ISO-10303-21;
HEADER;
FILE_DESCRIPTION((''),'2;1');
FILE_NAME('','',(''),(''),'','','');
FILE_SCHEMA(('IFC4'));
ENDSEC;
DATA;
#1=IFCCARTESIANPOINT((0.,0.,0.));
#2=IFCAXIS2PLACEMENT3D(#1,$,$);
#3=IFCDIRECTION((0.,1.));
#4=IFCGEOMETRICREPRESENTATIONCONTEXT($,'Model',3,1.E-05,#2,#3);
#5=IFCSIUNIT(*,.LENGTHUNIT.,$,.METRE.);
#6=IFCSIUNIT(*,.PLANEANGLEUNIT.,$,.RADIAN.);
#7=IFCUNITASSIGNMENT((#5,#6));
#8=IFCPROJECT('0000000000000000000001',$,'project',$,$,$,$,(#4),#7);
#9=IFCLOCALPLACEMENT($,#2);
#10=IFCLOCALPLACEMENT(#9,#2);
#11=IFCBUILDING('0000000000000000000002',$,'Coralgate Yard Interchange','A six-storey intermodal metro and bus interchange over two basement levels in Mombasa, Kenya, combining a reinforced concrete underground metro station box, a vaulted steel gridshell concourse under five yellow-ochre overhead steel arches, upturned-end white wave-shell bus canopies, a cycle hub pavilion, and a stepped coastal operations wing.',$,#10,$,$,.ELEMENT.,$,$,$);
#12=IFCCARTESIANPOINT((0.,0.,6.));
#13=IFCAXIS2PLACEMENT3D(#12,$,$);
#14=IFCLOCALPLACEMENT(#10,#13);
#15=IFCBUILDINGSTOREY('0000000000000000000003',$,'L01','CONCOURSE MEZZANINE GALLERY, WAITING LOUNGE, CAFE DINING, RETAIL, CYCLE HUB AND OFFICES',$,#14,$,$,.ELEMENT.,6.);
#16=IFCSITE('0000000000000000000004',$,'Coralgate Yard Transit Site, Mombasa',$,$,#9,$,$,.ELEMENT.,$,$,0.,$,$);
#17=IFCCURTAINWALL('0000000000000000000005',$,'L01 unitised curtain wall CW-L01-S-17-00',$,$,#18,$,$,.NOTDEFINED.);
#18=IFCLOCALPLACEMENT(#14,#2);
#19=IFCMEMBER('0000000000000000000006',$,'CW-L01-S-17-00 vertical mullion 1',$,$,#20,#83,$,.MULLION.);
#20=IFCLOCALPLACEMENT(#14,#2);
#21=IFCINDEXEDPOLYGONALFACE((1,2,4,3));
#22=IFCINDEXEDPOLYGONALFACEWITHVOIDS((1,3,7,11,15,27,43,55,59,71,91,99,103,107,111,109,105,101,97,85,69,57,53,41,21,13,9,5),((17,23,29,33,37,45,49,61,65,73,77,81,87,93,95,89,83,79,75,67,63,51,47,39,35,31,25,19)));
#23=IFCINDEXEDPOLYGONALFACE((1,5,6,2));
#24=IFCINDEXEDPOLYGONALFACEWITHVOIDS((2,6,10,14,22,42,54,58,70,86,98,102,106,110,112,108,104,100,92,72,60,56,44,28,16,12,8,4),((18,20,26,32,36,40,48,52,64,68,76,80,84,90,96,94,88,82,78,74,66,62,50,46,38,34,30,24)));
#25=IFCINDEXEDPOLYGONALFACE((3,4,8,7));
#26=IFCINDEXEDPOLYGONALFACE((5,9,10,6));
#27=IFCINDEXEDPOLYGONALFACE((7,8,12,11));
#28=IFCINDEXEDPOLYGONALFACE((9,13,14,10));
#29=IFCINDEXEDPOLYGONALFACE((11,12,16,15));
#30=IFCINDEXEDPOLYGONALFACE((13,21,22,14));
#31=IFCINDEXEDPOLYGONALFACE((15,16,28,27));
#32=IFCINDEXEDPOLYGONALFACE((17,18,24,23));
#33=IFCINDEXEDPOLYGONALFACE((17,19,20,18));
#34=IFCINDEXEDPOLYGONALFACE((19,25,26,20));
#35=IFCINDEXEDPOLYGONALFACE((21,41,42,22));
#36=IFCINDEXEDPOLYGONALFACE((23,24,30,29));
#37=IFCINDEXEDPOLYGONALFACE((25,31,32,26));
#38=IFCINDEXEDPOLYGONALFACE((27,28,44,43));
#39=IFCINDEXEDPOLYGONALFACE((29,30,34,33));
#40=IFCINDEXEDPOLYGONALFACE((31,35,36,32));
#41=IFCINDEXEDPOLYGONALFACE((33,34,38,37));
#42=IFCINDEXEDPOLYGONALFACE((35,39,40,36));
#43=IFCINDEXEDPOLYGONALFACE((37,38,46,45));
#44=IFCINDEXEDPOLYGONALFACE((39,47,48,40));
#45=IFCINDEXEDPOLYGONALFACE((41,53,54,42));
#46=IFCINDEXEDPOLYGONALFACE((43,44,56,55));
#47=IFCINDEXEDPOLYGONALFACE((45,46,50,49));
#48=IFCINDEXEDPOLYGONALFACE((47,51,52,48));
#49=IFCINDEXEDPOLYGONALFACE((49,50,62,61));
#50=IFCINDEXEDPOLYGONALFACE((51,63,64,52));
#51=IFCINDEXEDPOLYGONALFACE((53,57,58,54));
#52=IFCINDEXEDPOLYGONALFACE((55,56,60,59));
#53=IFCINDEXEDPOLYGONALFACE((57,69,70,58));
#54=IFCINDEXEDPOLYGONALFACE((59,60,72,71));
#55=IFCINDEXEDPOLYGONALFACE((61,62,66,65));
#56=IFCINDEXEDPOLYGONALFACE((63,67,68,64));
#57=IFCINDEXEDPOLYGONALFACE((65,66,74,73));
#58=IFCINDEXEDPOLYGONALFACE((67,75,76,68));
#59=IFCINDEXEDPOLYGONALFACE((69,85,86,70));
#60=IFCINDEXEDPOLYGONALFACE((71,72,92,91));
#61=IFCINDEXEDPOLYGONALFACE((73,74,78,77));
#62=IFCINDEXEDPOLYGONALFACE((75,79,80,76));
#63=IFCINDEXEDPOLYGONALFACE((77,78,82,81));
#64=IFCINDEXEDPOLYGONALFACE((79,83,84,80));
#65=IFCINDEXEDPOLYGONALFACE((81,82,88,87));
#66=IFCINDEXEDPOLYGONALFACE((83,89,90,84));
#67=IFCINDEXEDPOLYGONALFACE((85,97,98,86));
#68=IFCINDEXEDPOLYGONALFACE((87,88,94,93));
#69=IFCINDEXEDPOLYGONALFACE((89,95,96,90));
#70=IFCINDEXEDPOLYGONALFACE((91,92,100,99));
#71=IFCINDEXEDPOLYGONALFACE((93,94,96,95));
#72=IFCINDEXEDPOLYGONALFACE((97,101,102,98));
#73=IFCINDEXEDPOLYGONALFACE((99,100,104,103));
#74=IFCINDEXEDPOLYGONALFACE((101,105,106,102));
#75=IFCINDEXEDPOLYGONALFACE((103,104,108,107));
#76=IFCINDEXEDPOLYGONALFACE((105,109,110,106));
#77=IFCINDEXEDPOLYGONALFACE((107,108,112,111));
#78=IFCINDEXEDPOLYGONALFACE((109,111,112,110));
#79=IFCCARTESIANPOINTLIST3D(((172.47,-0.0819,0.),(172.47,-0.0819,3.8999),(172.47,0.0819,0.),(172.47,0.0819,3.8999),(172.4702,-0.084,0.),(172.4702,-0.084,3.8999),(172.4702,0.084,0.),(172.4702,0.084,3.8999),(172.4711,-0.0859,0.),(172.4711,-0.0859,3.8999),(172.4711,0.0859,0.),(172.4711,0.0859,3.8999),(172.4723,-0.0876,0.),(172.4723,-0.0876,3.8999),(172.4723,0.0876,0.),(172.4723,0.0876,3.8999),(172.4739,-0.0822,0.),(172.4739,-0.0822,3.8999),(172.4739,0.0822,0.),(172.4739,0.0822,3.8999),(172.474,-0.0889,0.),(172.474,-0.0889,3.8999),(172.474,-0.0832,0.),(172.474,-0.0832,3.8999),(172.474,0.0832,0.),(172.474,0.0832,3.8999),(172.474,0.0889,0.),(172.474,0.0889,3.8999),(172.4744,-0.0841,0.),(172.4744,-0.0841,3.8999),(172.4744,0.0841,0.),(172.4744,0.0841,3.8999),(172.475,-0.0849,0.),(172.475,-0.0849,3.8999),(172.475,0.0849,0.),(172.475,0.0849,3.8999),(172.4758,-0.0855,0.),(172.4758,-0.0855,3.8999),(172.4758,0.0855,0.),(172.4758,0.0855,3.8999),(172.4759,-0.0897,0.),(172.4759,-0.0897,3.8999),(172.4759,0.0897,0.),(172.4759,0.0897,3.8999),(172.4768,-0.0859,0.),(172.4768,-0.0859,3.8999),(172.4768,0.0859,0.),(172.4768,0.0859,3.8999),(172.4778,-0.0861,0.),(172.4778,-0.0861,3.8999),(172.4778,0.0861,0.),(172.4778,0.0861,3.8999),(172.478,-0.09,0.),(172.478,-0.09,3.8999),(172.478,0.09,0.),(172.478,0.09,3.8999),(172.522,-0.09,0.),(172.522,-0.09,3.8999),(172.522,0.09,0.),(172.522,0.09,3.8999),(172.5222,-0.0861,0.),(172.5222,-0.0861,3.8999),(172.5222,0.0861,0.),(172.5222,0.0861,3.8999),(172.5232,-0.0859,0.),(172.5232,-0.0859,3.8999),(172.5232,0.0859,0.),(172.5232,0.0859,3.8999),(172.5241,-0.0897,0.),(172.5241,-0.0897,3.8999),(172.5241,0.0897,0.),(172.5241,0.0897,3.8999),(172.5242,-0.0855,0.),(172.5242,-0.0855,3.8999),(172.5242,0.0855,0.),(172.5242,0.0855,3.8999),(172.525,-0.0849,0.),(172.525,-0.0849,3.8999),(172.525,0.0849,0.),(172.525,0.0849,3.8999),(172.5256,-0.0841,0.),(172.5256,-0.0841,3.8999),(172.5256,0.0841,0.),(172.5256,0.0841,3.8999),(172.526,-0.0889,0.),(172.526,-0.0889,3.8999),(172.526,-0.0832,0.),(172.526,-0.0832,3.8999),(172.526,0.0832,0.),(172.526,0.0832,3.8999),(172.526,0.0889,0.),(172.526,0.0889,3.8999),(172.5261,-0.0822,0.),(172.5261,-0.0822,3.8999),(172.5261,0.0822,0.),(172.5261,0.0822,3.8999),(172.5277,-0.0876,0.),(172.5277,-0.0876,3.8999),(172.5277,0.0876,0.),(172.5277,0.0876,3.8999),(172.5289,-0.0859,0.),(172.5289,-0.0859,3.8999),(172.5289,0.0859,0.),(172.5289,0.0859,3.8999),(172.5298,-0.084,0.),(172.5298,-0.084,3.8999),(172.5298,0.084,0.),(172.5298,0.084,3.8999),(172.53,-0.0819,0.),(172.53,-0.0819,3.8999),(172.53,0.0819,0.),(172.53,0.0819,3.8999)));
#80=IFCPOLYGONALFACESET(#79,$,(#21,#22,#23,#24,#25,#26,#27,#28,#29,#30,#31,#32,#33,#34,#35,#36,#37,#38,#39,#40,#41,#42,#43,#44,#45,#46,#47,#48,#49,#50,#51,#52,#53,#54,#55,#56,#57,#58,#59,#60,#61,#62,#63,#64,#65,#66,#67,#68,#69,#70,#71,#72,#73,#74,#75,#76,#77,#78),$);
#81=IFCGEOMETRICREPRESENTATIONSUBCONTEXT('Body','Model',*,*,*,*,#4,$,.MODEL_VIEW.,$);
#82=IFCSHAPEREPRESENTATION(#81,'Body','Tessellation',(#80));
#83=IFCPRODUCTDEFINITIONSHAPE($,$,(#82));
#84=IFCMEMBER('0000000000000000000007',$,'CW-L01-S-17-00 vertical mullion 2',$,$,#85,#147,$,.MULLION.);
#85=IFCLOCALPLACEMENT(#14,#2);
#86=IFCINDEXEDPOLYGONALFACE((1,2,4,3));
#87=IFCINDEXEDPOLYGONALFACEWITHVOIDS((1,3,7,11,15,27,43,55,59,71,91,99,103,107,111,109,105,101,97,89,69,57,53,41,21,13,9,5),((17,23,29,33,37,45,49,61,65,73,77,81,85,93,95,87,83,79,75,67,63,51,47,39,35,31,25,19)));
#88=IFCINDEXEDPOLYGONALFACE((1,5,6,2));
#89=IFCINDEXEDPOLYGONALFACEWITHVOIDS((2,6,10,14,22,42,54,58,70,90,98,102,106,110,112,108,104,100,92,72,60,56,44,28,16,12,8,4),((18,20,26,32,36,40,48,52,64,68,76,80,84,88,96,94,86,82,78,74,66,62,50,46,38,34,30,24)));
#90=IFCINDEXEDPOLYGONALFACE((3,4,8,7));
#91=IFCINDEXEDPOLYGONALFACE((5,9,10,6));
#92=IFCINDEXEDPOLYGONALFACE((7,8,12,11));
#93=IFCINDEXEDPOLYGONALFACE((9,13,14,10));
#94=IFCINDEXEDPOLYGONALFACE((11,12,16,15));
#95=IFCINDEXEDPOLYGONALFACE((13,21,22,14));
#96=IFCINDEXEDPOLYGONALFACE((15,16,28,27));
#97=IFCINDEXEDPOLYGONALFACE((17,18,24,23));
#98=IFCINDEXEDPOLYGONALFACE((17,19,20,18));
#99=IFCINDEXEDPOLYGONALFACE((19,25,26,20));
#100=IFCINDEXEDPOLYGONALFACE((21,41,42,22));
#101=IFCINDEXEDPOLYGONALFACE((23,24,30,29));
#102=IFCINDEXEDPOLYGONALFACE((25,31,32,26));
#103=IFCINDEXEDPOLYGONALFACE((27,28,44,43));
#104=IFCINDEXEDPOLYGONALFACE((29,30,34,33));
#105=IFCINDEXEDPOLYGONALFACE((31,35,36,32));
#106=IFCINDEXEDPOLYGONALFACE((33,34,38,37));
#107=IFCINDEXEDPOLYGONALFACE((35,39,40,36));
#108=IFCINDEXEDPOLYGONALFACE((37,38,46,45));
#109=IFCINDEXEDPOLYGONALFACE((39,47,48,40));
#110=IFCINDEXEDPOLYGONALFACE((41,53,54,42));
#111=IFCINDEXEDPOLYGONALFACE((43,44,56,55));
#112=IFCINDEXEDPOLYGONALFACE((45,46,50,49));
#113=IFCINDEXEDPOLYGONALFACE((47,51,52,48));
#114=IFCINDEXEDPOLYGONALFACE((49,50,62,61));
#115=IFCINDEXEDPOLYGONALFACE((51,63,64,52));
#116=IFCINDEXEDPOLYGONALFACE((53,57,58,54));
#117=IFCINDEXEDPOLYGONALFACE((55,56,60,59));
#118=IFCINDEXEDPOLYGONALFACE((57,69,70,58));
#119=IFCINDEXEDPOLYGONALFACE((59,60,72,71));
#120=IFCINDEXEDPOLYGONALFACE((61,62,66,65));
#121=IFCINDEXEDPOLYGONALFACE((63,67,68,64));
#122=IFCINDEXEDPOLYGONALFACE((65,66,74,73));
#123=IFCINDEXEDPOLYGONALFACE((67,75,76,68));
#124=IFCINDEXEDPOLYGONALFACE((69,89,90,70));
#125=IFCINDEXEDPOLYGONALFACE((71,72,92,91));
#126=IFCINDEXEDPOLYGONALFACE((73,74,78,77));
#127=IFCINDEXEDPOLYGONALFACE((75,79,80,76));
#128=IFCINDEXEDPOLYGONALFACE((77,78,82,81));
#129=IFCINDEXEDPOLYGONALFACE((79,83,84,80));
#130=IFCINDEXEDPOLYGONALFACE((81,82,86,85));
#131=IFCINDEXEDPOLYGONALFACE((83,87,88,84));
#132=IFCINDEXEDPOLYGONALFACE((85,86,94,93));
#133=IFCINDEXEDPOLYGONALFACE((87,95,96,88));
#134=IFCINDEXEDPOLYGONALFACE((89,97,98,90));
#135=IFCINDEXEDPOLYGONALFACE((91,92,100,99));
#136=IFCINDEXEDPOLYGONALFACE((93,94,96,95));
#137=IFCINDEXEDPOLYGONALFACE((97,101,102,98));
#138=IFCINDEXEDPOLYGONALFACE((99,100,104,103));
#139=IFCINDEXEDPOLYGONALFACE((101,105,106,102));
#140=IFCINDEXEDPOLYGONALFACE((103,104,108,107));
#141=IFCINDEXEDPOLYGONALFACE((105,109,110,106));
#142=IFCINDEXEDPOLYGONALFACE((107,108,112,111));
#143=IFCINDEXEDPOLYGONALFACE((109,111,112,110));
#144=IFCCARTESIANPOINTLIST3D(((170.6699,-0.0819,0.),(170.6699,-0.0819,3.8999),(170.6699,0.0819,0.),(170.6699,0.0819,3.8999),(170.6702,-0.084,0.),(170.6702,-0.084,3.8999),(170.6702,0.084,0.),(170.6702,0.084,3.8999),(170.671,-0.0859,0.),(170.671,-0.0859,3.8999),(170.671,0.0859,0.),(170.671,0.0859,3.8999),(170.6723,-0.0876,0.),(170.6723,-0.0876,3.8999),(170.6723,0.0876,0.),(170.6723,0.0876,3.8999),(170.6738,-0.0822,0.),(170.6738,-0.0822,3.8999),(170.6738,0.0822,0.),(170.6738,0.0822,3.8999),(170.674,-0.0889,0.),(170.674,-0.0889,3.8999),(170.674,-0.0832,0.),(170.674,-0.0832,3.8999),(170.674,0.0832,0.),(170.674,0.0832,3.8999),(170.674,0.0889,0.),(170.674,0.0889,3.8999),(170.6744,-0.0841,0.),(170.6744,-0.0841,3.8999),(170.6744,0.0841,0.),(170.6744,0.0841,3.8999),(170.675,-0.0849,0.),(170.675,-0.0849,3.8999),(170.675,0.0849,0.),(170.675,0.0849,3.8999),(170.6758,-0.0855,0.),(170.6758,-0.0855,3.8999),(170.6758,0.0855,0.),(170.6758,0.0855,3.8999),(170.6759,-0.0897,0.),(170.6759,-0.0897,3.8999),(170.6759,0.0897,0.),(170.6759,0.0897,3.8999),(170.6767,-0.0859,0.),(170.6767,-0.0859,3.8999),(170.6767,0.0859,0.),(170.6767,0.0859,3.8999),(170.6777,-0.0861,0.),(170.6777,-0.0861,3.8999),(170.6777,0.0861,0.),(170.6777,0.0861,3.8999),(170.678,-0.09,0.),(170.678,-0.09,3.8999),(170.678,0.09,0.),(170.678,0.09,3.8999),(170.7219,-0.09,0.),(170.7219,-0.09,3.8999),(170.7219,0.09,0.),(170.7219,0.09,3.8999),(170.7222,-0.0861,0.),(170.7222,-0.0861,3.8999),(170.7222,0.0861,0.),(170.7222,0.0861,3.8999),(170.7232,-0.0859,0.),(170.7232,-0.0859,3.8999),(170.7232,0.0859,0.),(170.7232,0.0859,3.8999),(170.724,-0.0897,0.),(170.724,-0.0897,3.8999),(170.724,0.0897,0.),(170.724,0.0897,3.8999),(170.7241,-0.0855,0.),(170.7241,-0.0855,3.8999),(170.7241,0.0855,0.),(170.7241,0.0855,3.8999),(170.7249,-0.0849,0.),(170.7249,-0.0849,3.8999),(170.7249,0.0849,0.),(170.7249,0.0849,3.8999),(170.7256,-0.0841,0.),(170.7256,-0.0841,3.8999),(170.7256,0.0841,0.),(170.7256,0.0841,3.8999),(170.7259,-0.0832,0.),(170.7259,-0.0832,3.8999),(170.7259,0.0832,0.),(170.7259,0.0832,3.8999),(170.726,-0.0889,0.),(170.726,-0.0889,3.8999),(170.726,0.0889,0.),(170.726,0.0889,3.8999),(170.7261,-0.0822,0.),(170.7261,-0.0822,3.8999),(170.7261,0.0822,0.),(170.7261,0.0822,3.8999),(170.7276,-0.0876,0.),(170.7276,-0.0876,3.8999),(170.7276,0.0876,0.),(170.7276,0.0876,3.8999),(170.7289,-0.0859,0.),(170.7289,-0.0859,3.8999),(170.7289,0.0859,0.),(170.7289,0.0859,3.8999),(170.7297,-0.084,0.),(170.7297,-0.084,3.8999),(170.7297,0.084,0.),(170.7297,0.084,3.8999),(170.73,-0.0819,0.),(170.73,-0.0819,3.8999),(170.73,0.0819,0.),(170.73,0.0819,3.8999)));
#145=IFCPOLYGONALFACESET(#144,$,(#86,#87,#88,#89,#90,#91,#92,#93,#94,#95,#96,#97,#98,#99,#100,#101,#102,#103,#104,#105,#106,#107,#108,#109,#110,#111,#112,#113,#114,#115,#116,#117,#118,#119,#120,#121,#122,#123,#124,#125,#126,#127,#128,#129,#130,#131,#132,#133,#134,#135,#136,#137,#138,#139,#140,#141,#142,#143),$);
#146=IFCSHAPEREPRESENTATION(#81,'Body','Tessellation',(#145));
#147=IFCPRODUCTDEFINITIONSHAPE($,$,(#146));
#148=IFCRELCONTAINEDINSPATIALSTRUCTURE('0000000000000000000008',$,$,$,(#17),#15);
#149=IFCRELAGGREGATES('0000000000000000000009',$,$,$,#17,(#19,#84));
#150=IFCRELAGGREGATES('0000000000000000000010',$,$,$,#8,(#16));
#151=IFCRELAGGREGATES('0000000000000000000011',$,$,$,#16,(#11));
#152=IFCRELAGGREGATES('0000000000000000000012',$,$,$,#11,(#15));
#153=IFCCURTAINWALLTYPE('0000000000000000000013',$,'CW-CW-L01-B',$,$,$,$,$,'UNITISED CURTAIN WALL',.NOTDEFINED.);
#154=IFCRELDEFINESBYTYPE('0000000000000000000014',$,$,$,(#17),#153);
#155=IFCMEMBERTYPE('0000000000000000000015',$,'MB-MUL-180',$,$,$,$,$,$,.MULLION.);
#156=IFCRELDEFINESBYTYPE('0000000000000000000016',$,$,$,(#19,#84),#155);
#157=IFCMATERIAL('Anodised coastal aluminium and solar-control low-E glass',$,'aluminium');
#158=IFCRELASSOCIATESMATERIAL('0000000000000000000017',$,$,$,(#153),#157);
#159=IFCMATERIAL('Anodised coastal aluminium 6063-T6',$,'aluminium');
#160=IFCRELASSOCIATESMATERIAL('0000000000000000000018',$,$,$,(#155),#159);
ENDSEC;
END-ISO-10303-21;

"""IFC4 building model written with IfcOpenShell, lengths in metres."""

from ifc_helpers import new_model, si_unit, direction, frame, origin, origin_2d, place, context, subcontext, project, spatial, hollow_rectangle, extrude, material, material_profile, profile_set, type_object, element, aggregate, save


model = new_model("IFC4")

# Units and contexts
model_context = context("Model", 3, precision=1e-05, world=origin(), true_north=direction((0.0, 1.0)))
body_context = subcontext(model_context, "Body", "Model", "MODEL_VIEW")
ifc_project = project(units=[si_unit("LENGTHUNIT", "METRE"), si_unit("PLANEANGLEUNIT", "RADIAN")], contexts=[model_context])

# Site, building, storey
site_placement = place(None, origin())
site = spatial("IfcSite", under=ifc_project, at=site_placement, Name="Coralgate Yard Transit Site, Mombasa", CompositionType="ELEMENT", RefElevation=0.0)
building_placement = place(site_placement, origin())
building = spatial("IfcBuilding", under=site, at=building_placement, Name="Coralgate Yard Interchange", Description="A six-storey intermodal metro and bus interchange over two basement levels in Mombasa, Kenya, combining a reinforced concrete underground metro station box, a vaulted steel gridshell concourse under five yellow-ochre overhead steel arches, upturned-end white wave-shell bus canopies, a cycle hub pavilion, and a stepped coastal operations wing.", CompositionType="ELEMENT")
storey_placement = place(building_placement, frame((0.0, 0.0, 6.0)))
storey = spatial("IfcBuildingStorey", under=building, at=storey_placement, Name="L01", Description="CONCOURSE MEZZANINE GALLERY, WAITING LOUNGE, CAFE DINING, RETAIL, CYCLE HUB AND OFFICES", CompositionType="ELEMENT", Elevation=6.0)

# Curtain wall, members
ifc_material_1 = material(Name="Anodised coastal aluminium and solar-control low-E glass", Category="aluminium")
curtain_wall_type = type_object("IfcCurtainWallType", Name="CW-CW-L01-B", ElementType="UNITISED CURTAIN WALL", PredefinedType="NOTDEFINED", material=ifc_material_1)
curtain_wall_placement = place(storey_placement, origin())
curtain_wall = element("IfcCurtainWall", 1, at=curtain_wall_placement, inside=storey, type_object=curtain_wall_type, Name="L01 unitised curtain wall CW-L01-S-17-00", PredefinedType="NOTDEFINED")
ifc_material_2 = material(Name="Anodised coastal aluminium 6063-T6", Category="aluminium")
ifc_material_profile_1 = material_profile(ifc_material_2, hollow_rectangle(XDim=0.0601, YDim=0.1799, WallThickness=0.0039, InnerFilletRadius=0.0039, OuterFilletRadius=0.0081, at=origin_2d()), Name="ALU 60x180x4")
ifc_profile_set_1 = profile_set([ifc_material_profile_1], Name="Anodised coastal aluminium 6063-T6")
member_type_1 = type_object("IfcMemberType", Name="MB-MUL-180", PredefinedType="MULLION", material=ifc_profile_set_1)
member_1_placement = place(storey_placement, frame((172.5, 0.0, 0.0), z_axis=(0.0, 0.0, 1.0), x_axis=(1.0, 0.0, 0.0)))
member_1 = element("IfcMember", 2, at=member_1_placement, type_object=member_type_1, Name="CW-L01-S-17-00 vertical mullion 1", PredefinedType="MULLION", context=body_context, shape_type="SweptSolid", body=[
    extrude(hollow_rectangle(XDim=0.0601, YDim=0.1799, WallThickness=0.0039, InnerFilletRadius=0.0039, OuterFilletRadius=0.0081, at=origin_2d()), origin(), (0.0, 0.0, 1.0), 3.8999),
])
member_2_placement = place(storey_placement, frame((170.7, 0.0, 0.0), z_axis=(0.0, 0.0, 1.0), x_axis=(1.0, 0.0, 0.0)))
member_2 = element("IfcMember", 3, at=member_2_placement, type_object=member_type_1, Name="CW-L01-S-17-00 vertical mullion 2", PredefinedType="MULLION", context=body_context, shape_type="SweptSolid", body=[
    extrude(hollow_rectangle(XDim=0.0601, YDim=0.1799, WallThickness=0.0039, InnerFilletRadius=0.0039, OuterFilletRadius=0.0081, at=origin_2d()), origin(), (0.0, 0.0, 1.0), 3.8999),
])
aggregate(curtain_wall, [member_1, member_2])

save(model, "model.ifc")
